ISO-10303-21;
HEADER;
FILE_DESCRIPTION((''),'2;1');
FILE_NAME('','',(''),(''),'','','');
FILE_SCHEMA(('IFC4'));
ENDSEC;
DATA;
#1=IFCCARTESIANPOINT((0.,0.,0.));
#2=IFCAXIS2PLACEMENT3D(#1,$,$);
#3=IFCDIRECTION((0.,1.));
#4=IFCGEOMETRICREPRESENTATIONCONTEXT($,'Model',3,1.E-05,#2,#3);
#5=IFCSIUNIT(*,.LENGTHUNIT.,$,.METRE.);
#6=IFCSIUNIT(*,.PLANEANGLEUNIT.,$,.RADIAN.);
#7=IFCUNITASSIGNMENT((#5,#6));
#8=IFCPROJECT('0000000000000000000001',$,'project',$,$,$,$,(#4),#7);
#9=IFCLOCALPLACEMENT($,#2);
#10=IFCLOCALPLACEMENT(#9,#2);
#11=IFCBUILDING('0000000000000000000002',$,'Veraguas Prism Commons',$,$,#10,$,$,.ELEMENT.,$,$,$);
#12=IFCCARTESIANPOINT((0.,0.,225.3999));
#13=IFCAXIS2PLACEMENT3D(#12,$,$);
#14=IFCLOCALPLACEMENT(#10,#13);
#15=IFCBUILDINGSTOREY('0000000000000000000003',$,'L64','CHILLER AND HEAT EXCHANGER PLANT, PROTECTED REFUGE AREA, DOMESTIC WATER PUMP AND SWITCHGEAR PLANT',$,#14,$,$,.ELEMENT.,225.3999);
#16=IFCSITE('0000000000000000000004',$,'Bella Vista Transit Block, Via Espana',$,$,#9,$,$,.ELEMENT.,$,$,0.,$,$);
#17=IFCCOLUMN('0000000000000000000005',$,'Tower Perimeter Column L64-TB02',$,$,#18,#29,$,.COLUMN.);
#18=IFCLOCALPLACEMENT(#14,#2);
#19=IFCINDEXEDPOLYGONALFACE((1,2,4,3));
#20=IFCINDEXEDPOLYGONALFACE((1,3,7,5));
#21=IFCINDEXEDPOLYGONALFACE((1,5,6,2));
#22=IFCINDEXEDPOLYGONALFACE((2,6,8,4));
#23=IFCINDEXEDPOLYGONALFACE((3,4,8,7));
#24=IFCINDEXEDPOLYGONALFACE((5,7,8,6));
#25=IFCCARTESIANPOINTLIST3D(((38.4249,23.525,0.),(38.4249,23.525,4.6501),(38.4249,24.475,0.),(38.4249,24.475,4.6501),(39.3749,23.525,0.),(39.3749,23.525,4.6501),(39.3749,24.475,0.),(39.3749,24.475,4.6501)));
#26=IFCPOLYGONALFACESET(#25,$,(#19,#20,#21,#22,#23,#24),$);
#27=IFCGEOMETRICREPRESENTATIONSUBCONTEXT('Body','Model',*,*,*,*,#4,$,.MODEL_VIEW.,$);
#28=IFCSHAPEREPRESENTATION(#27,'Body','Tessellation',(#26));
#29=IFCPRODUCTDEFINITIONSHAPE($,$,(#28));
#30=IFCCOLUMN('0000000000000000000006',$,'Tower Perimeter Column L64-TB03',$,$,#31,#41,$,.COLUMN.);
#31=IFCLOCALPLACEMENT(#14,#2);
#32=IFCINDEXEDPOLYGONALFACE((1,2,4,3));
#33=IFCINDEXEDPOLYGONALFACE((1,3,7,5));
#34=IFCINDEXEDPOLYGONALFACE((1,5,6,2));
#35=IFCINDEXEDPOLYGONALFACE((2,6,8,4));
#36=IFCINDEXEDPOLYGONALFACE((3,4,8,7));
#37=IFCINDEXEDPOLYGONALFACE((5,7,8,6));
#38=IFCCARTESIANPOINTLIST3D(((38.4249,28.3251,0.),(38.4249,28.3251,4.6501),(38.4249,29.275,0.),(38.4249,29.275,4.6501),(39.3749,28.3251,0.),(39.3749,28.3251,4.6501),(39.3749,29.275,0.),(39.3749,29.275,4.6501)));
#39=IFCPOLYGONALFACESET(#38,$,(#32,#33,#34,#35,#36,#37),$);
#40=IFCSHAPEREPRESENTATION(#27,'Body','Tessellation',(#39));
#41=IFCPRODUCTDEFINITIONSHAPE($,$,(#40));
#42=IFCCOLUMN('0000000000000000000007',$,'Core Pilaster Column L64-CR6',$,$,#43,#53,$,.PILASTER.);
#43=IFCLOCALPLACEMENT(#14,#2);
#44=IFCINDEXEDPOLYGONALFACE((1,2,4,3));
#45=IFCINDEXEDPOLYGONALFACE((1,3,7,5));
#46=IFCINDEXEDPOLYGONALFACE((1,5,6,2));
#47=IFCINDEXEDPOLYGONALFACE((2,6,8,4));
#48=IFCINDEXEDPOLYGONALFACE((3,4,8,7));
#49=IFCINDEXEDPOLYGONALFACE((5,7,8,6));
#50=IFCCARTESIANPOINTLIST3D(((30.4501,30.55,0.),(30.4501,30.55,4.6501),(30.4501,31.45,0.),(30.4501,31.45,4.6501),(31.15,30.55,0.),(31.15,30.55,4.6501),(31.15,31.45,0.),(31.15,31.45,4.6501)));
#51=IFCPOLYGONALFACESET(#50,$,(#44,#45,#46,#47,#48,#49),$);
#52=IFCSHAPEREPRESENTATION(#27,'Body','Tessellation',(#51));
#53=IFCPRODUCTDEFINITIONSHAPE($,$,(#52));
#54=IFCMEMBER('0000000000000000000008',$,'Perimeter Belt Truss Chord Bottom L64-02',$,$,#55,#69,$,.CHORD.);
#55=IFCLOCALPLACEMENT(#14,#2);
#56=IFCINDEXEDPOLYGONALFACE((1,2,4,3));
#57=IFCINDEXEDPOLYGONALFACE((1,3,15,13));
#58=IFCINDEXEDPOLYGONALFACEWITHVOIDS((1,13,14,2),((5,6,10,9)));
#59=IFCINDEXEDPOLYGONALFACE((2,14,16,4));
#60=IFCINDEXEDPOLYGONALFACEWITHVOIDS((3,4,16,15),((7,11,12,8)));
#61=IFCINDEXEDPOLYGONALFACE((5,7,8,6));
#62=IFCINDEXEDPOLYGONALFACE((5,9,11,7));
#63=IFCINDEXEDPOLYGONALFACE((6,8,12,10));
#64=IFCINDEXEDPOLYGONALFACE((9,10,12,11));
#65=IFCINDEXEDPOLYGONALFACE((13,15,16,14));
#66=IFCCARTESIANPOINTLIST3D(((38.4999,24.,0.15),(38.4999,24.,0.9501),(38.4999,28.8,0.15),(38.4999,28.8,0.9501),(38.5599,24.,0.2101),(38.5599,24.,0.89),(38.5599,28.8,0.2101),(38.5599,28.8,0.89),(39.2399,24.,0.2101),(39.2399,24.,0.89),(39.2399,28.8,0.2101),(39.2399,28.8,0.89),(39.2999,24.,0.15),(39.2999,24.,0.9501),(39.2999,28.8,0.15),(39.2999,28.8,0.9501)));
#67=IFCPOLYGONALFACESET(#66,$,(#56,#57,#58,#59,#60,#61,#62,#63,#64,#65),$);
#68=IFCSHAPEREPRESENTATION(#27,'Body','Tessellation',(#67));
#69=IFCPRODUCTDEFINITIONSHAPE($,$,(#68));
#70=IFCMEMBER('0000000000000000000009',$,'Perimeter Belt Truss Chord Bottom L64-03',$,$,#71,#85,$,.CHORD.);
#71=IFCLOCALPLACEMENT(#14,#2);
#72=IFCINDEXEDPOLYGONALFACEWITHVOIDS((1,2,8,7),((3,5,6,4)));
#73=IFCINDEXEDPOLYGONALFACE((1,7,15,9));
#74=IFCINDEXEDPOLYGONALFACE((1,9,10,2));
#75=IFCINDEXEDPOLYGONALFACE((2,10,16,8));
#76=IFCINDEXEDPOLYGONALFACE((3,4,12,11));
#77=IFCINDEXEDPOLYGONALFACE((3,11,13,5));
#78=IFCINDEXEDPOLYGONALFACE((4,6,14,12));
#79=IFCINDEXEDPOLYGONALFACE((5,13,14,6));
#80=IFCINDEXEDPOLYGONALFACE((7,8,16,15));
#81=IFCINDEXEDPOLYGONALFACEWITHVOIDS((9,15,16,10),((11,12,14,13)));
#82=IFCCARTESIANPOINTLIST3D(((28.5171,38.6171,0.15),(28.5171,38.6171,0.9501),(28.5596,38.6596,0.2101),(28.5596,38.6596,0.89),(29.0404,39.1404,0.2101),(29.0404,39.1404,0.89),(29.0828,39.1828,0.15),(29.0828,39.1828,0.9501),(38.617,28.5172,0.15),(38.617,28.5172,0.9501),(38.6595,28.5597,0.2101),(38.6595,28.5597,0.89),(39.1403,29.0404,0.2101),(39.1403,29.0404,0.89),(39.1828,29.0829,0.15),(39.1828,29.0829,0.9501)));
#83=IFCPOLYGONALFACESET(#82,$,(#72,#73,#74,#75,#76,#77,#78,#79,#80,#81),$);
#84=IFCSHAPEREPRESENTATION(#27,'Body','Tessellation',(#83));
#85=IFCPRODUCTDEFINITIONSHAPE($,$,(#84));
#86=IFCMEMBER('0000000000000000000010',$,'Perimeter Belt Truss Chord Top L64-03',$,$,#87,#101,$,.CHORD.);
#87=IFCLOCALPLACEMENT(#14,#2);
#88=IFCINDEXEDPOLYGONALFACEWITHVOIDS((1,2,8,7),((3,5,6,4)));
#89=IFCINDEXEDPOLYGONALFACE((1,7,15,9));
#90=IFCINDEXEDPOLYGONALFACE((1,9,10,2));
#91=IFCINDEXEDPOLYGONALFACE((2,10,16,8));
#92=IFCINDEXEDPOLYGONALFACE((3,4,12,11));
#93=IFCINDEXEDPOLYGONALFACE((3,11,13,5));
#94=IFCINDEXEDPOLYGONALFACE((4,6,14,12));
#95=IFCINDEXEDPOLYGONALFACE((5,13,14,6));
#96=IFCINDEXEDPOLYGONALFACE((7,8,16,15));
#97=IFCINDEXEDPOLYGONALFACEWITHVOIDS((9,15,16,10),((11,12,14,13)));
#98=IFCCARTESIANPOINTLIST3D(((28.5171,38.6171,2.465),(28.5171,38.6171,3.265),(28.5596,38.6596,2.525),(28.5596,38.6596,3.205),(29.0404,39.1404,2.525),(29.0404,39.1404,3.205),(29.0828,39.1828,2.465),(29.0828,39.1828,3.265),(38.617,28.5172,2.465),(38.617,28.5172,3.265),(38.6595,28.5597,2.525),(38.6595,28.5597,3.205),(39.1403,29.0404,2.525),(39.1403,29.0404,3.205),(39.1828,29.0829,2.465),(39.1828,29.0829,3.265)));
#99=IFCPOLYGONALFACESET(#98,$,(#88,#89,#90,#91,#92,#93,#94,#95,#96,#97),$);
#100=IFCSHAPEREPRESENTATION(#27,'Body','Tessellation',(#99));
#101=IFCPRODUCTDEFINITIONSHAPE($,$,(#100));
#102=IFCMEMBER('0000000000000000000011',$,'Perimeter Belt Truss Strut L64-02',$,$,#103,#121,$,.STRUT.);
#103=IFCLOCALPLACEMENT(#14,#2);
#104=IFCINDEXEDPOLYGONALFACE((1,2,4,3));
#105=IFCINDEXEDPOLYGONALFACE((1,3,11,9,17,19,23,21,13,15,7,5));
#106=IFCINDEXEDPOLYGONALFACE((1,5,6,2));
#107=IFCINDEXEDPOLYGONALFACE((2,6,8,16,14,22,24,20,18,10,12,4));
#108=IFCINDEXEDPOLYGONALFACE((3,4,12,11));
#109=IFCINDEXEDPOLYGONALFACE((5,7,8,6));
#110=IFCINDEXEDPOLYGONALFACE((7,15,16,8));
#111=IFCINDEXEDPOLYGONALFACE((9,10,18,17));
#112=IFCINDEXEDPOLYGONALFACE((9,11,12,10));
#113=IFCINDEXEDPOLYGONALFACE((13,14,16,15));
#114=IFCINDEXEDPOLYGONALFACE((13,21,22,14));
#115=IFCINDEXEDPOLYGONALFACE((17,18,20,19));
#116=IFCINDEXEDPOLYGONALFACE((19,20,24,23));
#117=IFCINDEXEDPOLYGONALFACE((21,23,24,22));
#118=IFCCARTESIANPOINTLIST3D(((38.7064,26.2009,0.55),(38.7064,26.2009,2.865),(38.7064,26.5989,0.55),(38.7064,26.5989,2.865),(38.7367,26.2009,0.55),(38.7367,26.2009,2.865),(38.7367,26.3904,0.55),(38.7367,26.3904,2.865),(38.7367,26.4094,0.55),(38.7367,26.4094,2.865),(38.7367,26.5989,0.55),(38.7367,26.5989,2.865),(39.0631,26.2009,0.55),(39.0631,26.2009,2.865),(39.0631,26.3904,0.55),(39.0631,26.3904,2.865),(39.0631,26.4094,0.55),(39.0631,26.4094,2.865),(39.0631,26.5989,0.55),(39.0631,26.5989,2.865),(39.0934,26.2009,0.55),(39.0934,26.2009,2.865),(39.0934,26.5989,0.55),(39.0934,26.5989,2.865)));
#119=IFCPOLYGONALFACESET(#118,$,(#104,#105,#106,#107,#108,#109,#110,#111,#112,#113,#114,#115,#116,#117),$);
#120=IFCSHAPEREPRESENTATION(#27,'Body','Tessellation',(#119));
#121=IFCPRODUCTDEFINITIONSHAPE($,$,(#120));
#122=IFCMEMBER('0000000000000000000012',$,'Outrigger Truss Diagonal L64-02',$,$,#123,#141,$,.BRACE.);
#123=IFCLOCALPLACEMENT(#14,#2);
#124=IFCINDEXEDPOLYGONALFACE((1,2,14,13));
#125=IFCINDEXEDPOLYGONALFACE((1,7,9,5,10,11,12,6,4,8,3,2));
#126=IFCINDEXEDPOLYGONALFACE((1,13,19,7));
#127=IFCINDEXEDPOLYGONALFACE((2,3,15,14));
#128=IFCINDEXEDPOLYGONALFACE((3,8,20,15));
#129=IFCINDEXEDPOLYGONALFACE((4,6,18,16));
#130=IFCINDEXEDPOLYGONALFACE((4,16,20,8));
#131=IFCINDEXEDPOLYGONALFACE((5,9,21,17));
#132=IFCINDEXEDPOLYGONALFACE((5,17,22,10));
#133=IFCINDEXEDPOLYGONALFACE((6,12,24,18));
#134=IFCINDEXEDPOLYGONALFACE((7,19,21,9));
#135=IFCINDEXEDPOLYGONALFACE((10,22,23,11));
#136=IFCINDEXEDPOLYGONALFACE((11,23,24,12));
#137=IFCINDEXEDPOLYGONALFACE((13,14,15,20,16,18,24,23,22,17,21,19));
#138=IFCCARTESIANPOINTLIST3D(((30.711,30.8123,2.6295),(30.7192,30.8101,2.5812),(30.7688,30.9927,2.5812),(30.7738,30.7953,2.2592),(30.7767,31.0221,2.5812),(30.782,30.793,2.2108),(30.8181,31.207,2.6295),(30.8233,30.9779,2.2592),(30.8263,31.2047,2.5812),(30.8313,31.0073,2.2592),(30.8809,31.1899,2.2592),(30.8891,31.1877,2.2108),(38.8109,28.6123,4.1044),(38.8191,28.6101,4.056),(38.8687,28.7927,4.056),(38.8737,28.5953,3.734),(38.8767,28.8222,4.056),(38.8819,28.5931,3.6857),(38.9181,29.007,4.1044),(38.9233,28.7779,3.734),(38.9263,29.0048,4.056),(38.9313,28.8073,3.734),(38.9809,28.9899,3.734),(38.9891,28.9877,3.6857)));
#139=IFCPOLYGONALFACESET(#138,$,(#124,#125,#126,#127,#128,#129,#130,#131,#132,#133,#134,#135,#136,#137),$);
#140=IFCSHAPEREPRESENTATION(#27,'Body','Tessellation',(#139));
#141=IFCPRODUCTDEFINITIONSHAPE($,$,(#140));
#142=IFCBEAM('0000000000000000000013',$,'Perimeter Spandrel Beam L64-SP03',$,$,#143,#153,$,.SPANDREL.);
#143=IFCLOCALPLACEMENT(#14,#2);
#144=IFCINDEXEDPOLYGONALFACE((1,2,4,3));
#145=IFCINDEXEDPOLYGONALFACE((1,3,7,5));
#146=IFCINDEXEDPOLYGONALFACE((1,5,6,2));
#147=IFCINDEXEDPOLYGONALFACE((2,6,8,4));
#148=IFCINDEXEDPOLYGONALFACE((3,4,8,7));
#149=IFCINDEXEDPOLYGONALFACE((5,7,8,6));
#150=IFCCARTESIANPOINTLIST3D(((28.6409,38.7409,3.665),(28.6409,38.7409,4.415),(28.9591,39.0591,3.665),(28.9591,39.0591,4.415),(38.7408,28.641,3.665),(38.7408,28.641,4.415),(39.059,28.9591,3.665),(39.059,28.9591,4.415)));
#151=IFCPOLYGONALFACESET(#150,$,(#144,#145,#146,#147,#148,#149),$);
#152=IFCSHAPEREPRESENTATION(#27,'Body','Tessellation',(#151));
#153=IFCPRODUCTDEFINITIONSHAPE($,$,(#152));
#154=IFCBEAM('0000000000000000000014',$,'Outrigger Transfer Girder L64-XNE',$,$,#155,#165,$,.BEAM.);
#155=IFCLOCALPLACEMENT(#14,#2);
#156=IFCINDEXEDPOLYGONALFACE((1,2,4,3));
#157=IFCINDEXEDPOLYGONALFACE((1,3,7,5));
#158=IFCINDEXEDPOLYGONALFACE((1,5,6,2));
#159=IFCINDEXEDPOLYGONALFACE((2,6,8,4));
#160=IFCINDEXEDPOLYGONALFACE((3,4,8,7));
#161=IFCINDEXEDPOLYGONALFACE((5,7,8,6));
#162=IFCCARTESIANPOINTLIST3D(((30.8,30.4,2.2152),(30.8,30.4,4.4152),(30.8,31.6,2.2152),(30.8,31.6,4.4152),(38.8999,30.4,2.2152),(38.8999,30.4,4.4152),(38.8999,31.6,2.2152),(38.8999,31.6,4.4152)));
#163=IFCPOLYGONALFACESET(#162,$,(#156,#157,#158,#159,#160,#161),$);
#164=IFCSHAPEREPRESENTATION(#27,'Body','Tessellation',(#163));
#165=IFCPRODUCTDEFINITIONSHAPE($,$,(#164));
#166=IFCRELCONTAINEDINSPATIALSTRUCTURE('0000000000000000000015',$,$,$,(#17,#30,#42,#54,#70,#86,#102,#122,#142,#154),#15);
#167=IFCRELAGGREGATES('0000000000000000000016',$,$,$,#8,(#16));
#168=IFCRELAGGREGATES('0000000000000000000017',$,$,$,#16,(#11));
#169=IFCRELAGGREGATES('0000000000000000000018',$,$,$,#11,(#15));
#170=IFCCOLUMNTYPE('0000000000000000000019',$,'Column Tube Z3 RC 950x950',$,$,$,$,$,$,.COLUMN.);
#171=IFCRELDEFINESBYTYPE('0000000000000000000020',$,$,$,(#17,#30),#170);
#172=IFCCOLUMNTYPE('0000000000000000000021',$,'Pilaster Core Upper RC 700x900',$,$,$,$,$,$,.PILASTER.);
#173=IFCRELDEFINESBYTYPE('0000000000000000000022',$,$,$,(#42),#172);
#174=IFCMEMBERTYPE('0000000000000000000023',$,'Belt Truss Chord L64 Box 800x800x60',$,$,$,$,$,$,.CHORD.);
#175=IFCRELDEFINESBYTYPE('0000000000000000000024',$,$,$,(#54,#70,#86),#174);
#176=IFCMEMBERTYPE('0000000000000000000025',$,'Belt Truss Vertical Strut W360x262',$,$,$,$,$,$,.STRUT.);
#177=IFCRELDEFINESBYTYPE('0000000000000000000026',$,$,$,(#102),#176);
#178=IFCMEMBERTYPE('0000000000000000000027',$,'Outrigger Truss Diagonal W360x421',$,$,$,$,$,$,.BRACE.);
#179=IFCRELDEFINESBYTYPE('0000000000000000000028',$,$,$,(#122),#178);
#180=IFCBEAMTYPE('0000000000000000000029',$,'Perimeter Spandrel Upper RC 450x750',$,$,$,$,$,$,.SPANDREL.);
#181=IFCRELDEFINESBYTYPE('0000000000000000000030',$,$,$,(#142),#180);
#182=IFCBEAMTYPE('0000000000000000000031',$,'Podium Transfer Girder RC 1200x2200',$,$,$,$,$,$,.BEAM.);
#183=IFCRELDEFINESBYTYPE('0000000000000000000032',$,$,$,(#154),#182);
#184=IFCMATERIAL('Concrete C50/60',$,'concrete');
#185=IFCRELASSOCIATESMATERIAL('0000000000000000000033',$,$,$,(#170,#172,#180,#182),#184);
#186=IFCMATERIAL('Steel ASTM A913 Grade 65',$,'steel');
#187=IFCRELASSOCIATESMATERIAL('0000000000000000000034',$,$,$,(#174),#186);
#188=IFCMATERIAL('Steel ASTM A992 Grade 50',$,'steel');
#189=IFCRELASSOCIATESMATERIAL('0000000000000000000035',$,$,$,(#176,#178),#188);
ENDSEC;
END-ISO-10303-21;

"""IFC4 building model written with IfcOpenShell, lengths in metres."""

from ifc_helpers import new_model, si_unit, direction, frame, origin, origin_2d, place, context, subcontext, project, spatial, rectangle, hollow_rectangle, i_section, extrude, material, material_profile, profile_set, type_object, element, save


model = new_model("IFC4")

# Units and contexts
model_context = context("Model", 3, precision=1e-05, world=origin(), true_north=direction((0.0, 1.0)))
body_context = subcontext(model_context, "Body", "Model", "MODEL_VIEW")
ifc_project = project(units=[si_unit("LENGTHUNIT", "METRE"), si_unit("PLANEANGLEUNIT", "RADIAN")], contexts=[model_context])

# Site, building, storey
site_placement = place(None, origin())
site = spatial("IfcSite", under=ifc_project, at=site_placement, Name="Bella Vista Transit Block, Via Espana", CompositionType="ELEMENT", RefElevation=0.0)
building_placement = place(site_placement, origin())
building = spatial("IfcBuilding", under=site, at=building_placement, Name="Veraguas Prism Commons", CompositionType="ELEMENT")
storey_placement = place(building_placement, frame((0.0, 0.0, 225.3999)))
storey = spatial("IfcBuildingStorey", under=building, at=storey_placement, Name="L64", Description="CHILLER AND HEAT EXCHANGER PLANT, PROTECTED REFUGE AREA, DOMESTIC WATER PUMP AND SWITCHGEAR PLANT", CompositionType="ELEMENT", Elevation=225.3999)

# Columns
ifc_material_1 = material(Name="Concrete C50/60", Category="concrete")
ifc_material_profile_1 = material_profile(ifc_material_1, rectangle(XDim=0.95, YDim=0.95, at=origin_2d()), Name="RC950X950")
ifc_profile_set_1 = profile_set([ifc_material_profile_1], Name="Concrete C50/60")
column_type_1 = type_object("IfcColumnType", Name="Column Tube Z3 RC 950x950", PredefinedType="COLUMN", material=ifc_profile_set_1)
for number, where, z_axis, x_axis, name in (
    (1, (38.8999, 24.0, 0.0), (0.0, 0.0, 1.0), (1.0, 0.0, 0.0), "Tower Perimeter Column L64-TB02"),
    (2, (38.8999, 28.8, 0.0), (0.0, 0.0, 1.0), (1.0, 0.0, 0.0), "Tower Perimeter Column L64-TB03"),
):
    element("IfcColumn", number, at=place(storey_placement, frame(where, z_axis=z_axis, x_axis=x_axis)), inside=storey, type_object=column_type_1, Name=name, PredefinedType="COLUMN", context=body_context, shape_type="SweptSolid", body=[
        extrude(rectangle(XDim=0.95, YDim=0.95, at=origin_2d()), origin(), (0.0, 0.0, 1.0), 4.6501),
    ])
ifc_material_profile_2 = material_profile(ifc_material_1, rectangle(XDim=0.7, YDim=0.8999, at=origin_2d()), Name="RC700X900")
ifc_profile_set_2 = profile_set([ifc_material_profile_2], Name="Concrete C50/60")
column_type_2 = type_object("IfcColumnType", Name="Pilaster Core Upper RC 700x900", PredefinedType="PILASTER", material=ifc_profile_set_2)
column_placement = place(storey_placement, frame((30.8, 31.0, 0.0), z_axis=(0.0, 0.0, 1.0), x_axis=(1.0, 0.0, 0.0)))
element("IfcColumn", 3, at=column_placement, inside=storey, type_object=column_type_2, Name="Core Pilaster Column L64-CR6", PredefinedType="PILASTER", context=body_context, shape_type="SweptSolid", body=[
    extrude(rectangle(XDim=0.7, YDim=0.8999, at=origin_2d()), origin(), (0.0, 0.0, 1.0), 4.6501),
])

# Members
ifc_material_2 = material(Name="Steel ASTM A913 Grade 65", Category="steel")
ifc_material_profile_3 = material_profile(ifc_material_2, hollow_rectangle(XDim=0.8, YDim=0.8, WallThickness=0.0601, at=origin_2d()), Name="BOX800X800X60")
ifc_profile_set_3 = profile_set([ifc_material_profile_3], Name="Steel ASTM A913 Grade 65")
member_type_1 = type_object("IfcMemberType", Name="Belt Truss Chord L64 Box 800x800x60", PredefinedType="CHORD", material=ifc_profile_set_3)
member_1_placement = place(storey_placement, frame((38.8999, 24.0, 0.55), z_axis=(0.0, 1.0, 0.0), x_axis=(-1.0, 0.0, 0.0)))
element("IfcMember", 4, at=member_1_placement, inside=storey, type_object=member_type_1, Name="Perimeter Belt Truss Chord Bottom L64-02", PredefinedType="CHORD", context=body_context, shape_type="SweptSolid", body=[
    extrude(hollow_rectangle(XDim=0.8, YDim=0.8, WallThickness=0.0601, at=origin_2d()), origin(), (0.0, 0.0, 1.0), 4.8),
])
for number, where, z_axis, x_axis, name in (
    (5, (38.8999, 28.8, 0.55), (-0.707107, 0.707107, 0.0), (-0.707107, -0.707107, 0.0), "Perimeter Belt Truss Chord Bottom L64-03"),
    (6, (38.8999, 28.8, 2.865), (-0.707107, 0.707107, 0.0), (-0.707107, -0.707107, 0.0), "Perimeter Belt Truss Chord Top L64-03"),
):
    element("IfcMember", number, at=place(storey_placement, frame(where, z_axis=z_axis, x_axis=x_axis)), inside=storey, type_object=member_type_1, Name=name, PredefinedType="CHORD", context=body_context, shape_type="SweptSolid", body=[
        extrude(hollow_rectangle(XDim=0.8, YDim=0.8, WallThickness=0.0601, at=origin_2d()), origin(), (0.0, 0.0, 1.0), 14.2834),
    ])
ifc_material_3 = material(Name="Steel ASTM A992 Grade 50", Category="steel")
ifc_material_profile_4 = material_profile(ifc_material_3, i_section(OverallWidth=0.3979, OverallDepth=0.387, WebThickness=0.019, FlangeThickness=0.0303, at=origin_2d()), Name="W360X262")
ifc_profile_set_4 = profile_set([ifc_material_profile_4], Name="Steel ASTM A992 Grade 50")
member_type_2 = type_object("IfcMemberType", Name="Belt Truss Vertical Strut W360x262", PredefinedType="STRUT", material=ifc_profile_set_4)
member_2_placement = place(storey_placement, frame((38.8999, 26.3999, 0.55), z_axis=(0.0, 0.0, 1.0), x_axis=(0.0, 1.0, 0.0)))
element("IfcMember", 7, at=member_2_placement, inside=storey, type_object=member_type_2, Name="Perimeter Belt Truss Strut L64-02", PredefinedType="STRUT", context=body_context, shape_type="SweptSolid", body=[
    extrude(i_section(OverallWidth=0.3979, OverallDepth=0.387, WebThickness=0.019, FlangeThickness=0.0303, at=origin_2d()), origin(), (0.0, 0.0, 1.0), 2.3149),
])
ifc_material_profile_5 = material_profile(ifc_material_3, i_section(OverallWidth=0.4089, OverallDepth=0.425, WebThickness=0.0305, FlangeThickness=0.0491, at=origin_2d()), Name="W360X421")
ifc_profile_set_5 = profile_set([ifc_material_profile_5], Name="Steel ASTM A992 Grade 50")
member_type_3 = type_object("IfcMemberType", Name="Outrigger Truss Diagonal W360x421", PredefinedType="BRACE", material=ifc_profile_set_5)
member_3_placement = place(storey_placement, frame((30.8, 31.0, 2.4202), z_axis=(0.950476, -0.258153, 0.173066), x_axis=(0.262108, 0.965039, 0.0)))
element("IfcMember", 8, at=member_3_placement, inside=storey, type_object=member_type_3, Name="Outrigger Truss Diagonal L64-02", PredefinedType="BRACE", context=body_context, shape_type="SweptSolid", body=[
    extrude(i_section(OverallWidth=0.4089, OverallDepth=0.425, WebThickness=0.0305, FlangeThickness=0.0491, at=origin_2d()), origin(), (0.0, 0.0, 1.0), 8.522),
])

# Beams
ifc_material_profile_6 = material_profile(ifc_material_1, rectangle(XDim=0.45, YDim=0.75, at=origin_2d()), Name="RC450X750")
ifc_profile_set_6 = profile_set([ifc_material_profile_6], Name="Concrete C50/60")
beam_type_1 = type_object("IfcBeamType", Name="Perimeter Spandrel Upper RC 450x750", PredefinedType="SPANDREL", material=ifc_profile_set_6)
beam_1_placement = place(storey_placement, frame((38.8999, 28.8, 4.04), z_axis=(-0.707107, 0.707107, 0.0), x_axis=(-0.707107, -0.707107, 0.0)))
element("IfcBeam", 9, at=beam_1_placement, inside=storey, type_object=beam_type_1, Name="Perimeter Spandrel Beam L64-SP03", PredefinedType="SPANDREL", context=body_context, shape_type="SweptSolid", body=[
    extrude(rectangle(XDim=0.45, YDim=0.75, at=origin_2d()), origin(), (0.0, 0.0, 1.0), 14.2834),
])
ifc_material_profile_7 = material_profile(ifc_material_1, rectangle(XDim=1.2, YDim=2.2, at=origin_2d()), Name="RC1200X2200")
ifc_profile_set_7 = profile_set([ifc_material_profile_7], Name="Concrete C50/60")
beam_type_2 = type_object("IfcBeamType", Name="Podium Transfer Girder RC 1200x2200", PredefinedType="BEAM", material=ifc_profile_set_7)
beam_2_placement = place(storey_placement, frame((38.8999, 31.0, 3.3152), z_axis=(-1.0, 0.0, 0.0), x_axis=(0.0, -1.0, 0.0)))
element("IfcBeam", 10, at=beam_2_placement, inside=storey, type_object=beam_type_2, Name="Outrigger Transfer Girder L64-XNE", PredefinedType="BEAM", context=body_context, shape_type="SweptSolid", body=[
    extrude(rectangle(XDim=1.2, YDim=2.2, at=origin_2d()), origin(), (0.0, 0.0, 1.0), 8.0999),
])

save(model, "model.ifc")
